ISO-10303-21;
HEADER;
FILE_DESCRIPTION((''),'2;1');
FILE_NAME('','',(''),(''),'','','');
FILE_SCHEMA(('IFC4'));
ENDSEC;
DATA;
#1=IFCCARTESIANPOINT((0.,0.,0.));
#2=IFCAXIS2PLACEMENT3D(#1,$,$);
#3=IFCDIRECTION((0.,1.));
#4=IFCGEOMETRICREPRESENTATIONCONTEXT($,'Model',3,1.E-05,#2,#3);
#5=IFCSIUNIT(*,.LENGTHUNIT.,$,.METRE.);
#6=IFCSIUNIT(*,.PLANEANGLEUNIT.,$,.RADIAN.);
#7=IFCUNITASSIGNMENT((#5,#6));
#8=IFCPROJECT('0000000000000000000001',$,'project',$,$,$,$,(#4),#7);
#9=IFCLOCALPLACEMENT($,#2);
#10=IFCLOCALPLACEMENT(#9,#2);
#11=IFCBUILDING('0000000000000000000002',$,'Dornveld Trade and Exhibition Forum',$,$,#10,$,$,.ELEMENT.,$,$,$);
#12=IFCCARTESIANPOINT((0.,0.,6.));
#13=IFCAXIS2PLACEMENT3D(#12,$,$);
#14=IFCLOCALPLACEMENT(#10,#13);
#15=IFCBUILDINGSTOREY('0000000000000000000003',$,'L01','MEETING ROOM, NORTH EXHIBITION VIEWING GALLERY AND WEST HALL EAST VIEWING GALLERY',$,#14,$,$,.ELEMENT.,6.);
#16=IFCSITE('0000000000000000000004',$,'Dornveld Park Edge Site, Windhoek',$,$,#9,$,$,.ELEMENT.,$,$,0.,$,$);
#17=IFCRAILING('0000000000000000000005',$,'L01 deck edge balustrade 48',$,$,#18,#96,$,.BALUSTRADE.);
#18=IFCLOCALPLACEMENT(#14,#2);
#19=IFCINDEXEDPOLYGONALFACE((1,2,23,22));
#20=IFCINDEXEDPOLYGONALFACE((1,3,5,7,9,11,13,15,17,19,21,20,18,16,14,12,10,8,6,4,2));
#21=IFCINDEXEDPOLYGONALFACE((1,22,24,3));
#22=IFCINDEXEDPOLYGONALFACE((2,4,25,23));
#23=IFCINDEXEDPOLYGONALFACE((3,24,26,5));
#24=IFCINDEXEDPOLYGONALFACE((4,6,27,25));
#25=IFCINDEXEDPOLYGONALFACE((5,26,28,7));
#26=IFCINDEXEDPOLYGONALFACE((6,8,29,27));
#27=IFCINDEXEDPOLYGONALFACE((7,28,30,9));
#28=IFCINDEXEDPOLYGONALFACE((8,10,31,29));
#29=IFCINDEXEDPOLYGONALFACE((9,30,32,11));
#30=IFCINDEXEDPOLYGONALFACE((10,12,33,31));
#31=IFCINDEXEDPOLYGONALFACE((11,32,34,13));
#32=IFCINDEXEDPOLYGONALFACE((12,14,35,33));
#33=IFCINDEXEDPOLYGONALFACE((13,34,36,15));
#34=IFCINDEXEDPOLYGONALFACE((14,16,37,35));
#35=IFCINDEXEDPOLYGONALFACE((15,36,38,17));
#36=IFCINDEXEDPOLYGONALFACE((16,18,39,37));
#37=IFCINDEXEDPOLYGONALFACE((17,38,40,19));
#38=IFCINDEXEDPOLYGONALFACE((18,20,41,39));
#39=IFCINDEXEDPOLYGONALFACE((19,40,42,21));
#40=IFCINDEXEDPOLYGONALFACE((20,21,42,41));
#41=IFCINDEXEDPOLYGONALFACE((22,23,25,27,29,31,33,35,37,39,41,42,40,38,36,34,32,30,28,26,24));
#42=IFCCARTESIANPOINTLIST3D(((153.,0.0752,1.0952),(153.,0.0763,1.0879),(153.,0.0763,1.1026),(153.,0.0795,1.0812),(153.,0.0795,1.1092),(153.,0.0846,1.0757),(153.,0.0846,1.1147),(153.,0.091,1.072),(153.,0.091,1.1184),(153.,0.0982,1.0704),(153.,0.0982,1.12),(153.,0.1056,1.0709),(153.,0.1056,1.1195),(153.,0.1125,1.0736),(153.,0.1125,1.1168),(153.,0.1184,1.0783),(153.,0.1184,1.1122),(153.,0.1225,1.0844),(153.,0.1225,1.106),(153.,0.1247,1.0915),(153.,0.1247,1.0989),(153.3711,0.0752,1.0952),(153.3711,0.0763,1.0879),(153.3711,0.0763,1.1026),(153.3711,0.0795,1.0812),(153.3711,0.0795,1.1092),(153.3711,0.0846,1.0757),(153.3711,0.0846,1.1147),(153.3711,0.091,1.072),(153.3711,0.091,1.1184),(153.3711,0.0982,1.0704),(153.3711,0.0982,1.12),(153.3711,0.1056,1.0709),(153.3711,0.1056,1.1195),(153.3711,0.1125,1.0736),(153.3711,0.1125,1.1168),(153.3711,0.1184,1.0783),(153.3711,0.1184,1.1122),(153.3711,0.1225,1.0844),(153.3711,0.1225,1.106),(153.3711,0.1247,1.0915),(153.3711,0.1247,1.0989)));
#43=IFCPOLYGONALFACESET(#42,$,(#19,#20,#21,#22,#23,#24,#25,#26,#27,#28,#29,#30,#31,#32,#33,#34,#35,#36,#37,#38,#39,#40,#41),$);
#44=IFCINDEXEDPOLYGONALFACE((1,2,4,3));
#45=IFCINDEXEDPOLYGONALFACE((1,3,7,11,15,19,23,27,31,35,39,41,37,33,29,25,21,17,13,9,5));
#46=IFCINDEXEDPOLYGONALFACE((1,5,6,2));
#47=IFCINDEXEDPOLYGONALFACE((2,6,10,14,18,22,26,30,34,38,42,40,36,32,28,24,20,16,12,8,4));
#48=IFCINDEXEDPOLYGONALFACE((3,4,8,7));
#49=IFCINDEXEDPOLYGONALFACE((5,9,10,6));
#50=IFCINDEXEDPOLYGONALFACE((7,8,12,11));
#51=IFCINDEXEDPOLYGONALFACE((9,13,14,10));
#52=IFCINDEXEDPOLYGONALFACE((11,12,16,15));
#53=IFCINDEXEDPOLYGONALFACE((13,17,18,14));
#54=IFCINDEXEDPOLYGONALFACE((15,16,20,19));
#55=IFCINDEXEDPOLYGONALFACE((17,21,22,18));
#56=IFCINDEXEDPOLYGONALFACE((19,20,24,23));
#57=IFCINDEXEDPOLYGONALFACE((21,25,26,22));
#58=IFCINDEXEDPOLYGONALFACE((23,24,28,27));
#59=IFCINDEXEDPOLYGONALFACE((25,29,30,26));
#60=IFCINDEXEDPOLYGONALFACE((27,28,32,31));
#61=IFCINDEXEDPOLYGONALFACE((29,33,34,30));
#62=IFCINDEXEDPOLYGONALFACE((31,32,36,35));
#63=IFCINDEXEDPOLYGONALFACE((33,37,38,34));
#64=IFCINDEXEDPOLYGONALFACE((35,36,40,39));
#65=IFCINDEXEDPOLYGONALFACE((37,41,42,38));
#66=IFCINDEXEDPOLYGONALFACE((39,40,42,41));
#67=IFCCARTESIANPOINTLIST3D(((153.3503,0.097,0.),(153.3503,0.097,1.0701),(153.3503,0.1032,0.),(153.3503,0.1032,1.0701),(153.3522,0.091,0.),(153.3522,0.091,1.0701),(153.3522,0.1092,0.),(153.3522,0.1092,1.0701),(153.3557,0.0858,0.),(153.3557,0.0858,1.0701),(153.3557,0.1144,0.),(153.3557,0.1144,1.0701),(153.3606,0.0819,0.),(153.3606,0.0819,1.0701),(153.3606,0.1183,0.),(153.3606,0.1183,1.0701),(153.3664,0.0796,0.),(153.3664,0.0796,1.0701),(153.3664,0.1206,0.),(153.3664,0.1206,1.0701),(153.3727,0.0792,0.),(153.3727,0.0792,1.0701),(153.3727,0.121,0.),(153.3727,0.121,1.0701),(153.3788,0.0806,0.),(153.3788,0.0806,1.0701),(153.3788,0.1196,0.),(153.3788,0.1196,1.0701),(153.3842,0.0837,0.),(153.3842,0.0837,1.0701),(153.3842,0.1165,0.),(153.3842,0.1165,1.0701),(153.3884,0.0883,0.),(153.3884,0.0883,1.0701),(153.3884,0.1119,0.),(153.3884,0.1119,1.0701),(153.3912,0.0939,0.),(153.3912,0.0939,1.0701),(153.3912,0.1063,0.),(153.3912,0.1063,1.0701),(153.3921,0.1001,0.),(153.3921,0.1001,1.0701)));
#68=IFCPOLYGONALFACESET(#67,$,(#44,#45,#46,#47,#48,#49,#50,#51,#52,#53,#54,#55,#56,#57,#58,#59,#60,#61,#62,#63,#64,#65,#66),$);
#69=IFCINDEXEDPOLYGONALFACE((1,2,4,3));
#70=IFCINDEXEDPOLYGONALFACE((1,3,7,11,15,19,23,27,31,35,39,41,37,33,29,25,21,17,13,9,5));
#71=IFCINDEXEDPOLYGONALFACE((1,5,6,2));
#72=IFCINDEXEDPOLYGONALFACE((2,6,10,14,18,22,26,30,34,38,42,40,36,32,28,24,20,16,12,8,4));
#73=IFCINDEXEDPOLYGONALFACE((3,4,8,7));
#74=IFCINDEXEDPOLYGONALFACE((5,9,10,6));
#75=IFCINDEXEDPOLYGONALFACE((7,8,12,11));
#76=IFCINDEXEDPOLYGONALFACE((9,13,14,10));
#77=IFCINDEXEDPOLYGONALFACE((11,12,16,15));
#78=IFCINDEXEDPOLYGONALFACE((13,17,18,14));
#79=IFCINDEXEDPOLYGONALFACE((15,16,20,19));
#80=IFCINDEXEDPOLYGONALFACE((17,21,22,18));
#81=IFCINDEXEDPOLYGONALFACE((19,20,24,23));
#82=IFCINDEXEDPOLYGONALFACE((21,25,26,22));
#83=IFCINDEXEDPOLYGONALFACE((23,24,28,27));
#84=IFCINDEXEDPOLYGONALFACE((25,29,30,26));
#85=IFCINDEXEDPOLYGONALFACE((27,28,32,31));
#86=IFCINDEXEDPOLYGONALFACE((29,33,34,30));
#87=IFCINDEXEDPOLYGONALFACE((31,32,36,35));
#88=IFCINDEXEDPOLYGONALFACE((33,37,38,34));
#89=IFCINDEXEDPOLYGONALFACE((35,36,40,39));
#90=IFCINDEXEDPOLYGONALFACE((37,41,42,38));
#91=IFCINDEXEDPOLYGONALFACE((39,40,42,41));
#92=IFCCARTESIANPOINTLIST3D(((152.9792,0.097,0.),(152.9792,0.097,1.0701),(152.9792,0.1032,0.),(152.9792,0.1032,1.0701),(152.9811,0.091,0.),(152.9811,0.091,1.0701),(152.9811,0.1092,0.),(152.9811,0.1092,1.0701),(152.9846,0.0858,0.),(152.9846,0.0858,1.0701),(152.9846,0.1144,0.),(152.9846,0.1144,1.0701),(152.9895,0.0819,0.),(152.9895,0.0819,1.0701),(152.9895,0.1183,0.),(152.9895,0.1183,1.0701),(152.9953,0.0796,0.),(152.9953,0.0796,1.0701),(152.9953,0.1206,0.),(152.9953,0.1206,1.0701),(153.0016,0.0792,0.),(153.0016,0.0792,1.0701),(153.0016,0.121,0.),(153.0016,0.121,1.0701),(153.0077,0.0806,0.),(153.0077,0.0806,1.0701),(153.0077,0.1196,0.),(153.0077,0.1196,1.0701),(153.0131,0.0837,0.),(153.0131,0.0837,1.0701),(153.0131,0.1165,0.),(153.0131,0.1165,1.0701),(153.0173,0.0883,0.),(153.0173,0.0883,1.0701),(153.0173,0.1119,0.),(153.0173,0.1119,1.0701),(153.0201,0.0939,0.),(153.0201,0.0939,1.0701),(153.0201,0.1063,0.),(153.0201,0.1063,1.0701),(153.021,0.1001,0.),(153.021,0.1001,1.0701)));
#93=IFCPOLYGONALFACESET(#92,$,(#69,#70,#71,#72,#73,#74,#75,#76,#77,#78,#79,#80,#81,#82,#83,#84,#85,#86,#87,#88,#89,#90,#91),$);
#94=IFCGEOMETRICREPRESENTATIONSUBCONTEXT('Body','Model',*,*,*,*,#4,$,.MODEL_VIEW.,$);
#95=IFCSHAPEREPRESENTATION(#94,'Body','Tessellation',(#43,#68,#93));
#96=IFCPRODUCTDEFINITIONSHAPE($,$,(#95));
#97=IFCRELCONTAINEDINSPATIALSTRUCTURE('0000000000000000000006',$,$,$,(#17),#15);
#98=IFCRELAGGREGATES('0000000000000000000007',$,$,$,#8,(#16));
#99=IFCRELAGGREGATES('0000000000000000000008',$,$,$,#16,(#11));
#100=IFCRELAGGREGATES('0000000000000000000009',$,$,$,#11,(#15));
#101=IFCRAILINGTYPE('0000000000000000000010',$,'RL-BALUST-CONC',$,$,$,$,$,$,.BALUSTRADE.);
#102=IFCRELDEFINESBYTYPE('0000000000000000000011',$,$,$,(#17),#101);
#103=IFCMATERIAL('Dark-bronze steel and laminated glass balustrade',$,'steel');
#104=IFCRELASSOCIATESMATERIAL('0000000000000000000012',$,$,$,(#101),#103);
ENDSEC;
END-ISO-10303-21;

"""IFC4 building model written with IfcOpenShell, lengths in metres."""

from ifc_helpers import new_model, si_unit, direction, frame, origin, origin_2d, place, context, subcontext, project, spatial, circle, extrude, material, type_object, element, save


model = new_model("IFC4")

# Units and contexts
model_context = context("Model", 3, precision=1e-05, world=origin(), true_north=direction((0.0, 1.0)))
body_context = subcontext(model_context, "Body", "Model", "MODEL_VIEW")
ifc_project = project(units=[si_unit("LENGTHUNIT", "METRE"), si_unit("PLANEANGLEUNIT", "RADIAN")], contexts=[model_context])

# Site, building, storey
site_placement = place(None, origin())
site = spatial("IfcSite", under=ifc_project, at=site_placement, Name="Dornveld Park Edge Site, Windhoek", CompositionType="ELEMENT", RefElevation=0.0)
building_placement = place(site_placement, origin())
building = spatial("IfcBuilding", under=site, at=building_placement, Name="Dornveld Trade and Exhibition Forum", CompositionType="ELEMENT")
storey_placement = place(building_placement, frame((0.0, 0.0, 6.0)))
storey = spatial("IfcBuildingStorey", under=building, at=storey_placement, Name="L01", Description="MEETING ROOM, NORTH EXHIBITION VIEWING GALLERY AND WEST HALL EAST VIEWING GALLERY", CompositionType="ELEMENT", Elevation=6.0)

# Railing
ifc_material_1 = material(Name="Dark-bronze steel and laminated glass balustrade", Category="steel")
railing_type = type_object("IfcRailingType", Name="RL-BALUST-CONC", PredefinedType="BALUSTRADE", material=ifc_material_1)
railing_1_placement = place(storey_placement, frame((153.3711, 0.1001, 0.0)))
element("IfcRailing", 1, at=railing_1_placement, inside=storey, type_object=railing_type, Name="L01 deck edge balustrade 48", PredefinedType="BALUSTRADE", context=body_context, shape_type="SweptSolid", body=[
    extrude(circle(Radius=0.0249, at=origin_2d()), frame((0.0, 0.0, 1.0952), z_axis=(-1.0, 0.0, 0.0), x_axis=(0.0, -1.0, 0.0)), (0.0, 0.0, 1.0), 0.3711),
    extrude(circle(Radius=0.021, at=origin_2d()), origin(), (0.0, 0.0, 1.0), 1.0701),
    extrude(circle(Radius=0.021, at=origin_2d()), frame((-0.3711, 0.0, 0.0)), (0.0, 0.0, 1.0), 1.0701),
])

save(model, "model.ifc")
